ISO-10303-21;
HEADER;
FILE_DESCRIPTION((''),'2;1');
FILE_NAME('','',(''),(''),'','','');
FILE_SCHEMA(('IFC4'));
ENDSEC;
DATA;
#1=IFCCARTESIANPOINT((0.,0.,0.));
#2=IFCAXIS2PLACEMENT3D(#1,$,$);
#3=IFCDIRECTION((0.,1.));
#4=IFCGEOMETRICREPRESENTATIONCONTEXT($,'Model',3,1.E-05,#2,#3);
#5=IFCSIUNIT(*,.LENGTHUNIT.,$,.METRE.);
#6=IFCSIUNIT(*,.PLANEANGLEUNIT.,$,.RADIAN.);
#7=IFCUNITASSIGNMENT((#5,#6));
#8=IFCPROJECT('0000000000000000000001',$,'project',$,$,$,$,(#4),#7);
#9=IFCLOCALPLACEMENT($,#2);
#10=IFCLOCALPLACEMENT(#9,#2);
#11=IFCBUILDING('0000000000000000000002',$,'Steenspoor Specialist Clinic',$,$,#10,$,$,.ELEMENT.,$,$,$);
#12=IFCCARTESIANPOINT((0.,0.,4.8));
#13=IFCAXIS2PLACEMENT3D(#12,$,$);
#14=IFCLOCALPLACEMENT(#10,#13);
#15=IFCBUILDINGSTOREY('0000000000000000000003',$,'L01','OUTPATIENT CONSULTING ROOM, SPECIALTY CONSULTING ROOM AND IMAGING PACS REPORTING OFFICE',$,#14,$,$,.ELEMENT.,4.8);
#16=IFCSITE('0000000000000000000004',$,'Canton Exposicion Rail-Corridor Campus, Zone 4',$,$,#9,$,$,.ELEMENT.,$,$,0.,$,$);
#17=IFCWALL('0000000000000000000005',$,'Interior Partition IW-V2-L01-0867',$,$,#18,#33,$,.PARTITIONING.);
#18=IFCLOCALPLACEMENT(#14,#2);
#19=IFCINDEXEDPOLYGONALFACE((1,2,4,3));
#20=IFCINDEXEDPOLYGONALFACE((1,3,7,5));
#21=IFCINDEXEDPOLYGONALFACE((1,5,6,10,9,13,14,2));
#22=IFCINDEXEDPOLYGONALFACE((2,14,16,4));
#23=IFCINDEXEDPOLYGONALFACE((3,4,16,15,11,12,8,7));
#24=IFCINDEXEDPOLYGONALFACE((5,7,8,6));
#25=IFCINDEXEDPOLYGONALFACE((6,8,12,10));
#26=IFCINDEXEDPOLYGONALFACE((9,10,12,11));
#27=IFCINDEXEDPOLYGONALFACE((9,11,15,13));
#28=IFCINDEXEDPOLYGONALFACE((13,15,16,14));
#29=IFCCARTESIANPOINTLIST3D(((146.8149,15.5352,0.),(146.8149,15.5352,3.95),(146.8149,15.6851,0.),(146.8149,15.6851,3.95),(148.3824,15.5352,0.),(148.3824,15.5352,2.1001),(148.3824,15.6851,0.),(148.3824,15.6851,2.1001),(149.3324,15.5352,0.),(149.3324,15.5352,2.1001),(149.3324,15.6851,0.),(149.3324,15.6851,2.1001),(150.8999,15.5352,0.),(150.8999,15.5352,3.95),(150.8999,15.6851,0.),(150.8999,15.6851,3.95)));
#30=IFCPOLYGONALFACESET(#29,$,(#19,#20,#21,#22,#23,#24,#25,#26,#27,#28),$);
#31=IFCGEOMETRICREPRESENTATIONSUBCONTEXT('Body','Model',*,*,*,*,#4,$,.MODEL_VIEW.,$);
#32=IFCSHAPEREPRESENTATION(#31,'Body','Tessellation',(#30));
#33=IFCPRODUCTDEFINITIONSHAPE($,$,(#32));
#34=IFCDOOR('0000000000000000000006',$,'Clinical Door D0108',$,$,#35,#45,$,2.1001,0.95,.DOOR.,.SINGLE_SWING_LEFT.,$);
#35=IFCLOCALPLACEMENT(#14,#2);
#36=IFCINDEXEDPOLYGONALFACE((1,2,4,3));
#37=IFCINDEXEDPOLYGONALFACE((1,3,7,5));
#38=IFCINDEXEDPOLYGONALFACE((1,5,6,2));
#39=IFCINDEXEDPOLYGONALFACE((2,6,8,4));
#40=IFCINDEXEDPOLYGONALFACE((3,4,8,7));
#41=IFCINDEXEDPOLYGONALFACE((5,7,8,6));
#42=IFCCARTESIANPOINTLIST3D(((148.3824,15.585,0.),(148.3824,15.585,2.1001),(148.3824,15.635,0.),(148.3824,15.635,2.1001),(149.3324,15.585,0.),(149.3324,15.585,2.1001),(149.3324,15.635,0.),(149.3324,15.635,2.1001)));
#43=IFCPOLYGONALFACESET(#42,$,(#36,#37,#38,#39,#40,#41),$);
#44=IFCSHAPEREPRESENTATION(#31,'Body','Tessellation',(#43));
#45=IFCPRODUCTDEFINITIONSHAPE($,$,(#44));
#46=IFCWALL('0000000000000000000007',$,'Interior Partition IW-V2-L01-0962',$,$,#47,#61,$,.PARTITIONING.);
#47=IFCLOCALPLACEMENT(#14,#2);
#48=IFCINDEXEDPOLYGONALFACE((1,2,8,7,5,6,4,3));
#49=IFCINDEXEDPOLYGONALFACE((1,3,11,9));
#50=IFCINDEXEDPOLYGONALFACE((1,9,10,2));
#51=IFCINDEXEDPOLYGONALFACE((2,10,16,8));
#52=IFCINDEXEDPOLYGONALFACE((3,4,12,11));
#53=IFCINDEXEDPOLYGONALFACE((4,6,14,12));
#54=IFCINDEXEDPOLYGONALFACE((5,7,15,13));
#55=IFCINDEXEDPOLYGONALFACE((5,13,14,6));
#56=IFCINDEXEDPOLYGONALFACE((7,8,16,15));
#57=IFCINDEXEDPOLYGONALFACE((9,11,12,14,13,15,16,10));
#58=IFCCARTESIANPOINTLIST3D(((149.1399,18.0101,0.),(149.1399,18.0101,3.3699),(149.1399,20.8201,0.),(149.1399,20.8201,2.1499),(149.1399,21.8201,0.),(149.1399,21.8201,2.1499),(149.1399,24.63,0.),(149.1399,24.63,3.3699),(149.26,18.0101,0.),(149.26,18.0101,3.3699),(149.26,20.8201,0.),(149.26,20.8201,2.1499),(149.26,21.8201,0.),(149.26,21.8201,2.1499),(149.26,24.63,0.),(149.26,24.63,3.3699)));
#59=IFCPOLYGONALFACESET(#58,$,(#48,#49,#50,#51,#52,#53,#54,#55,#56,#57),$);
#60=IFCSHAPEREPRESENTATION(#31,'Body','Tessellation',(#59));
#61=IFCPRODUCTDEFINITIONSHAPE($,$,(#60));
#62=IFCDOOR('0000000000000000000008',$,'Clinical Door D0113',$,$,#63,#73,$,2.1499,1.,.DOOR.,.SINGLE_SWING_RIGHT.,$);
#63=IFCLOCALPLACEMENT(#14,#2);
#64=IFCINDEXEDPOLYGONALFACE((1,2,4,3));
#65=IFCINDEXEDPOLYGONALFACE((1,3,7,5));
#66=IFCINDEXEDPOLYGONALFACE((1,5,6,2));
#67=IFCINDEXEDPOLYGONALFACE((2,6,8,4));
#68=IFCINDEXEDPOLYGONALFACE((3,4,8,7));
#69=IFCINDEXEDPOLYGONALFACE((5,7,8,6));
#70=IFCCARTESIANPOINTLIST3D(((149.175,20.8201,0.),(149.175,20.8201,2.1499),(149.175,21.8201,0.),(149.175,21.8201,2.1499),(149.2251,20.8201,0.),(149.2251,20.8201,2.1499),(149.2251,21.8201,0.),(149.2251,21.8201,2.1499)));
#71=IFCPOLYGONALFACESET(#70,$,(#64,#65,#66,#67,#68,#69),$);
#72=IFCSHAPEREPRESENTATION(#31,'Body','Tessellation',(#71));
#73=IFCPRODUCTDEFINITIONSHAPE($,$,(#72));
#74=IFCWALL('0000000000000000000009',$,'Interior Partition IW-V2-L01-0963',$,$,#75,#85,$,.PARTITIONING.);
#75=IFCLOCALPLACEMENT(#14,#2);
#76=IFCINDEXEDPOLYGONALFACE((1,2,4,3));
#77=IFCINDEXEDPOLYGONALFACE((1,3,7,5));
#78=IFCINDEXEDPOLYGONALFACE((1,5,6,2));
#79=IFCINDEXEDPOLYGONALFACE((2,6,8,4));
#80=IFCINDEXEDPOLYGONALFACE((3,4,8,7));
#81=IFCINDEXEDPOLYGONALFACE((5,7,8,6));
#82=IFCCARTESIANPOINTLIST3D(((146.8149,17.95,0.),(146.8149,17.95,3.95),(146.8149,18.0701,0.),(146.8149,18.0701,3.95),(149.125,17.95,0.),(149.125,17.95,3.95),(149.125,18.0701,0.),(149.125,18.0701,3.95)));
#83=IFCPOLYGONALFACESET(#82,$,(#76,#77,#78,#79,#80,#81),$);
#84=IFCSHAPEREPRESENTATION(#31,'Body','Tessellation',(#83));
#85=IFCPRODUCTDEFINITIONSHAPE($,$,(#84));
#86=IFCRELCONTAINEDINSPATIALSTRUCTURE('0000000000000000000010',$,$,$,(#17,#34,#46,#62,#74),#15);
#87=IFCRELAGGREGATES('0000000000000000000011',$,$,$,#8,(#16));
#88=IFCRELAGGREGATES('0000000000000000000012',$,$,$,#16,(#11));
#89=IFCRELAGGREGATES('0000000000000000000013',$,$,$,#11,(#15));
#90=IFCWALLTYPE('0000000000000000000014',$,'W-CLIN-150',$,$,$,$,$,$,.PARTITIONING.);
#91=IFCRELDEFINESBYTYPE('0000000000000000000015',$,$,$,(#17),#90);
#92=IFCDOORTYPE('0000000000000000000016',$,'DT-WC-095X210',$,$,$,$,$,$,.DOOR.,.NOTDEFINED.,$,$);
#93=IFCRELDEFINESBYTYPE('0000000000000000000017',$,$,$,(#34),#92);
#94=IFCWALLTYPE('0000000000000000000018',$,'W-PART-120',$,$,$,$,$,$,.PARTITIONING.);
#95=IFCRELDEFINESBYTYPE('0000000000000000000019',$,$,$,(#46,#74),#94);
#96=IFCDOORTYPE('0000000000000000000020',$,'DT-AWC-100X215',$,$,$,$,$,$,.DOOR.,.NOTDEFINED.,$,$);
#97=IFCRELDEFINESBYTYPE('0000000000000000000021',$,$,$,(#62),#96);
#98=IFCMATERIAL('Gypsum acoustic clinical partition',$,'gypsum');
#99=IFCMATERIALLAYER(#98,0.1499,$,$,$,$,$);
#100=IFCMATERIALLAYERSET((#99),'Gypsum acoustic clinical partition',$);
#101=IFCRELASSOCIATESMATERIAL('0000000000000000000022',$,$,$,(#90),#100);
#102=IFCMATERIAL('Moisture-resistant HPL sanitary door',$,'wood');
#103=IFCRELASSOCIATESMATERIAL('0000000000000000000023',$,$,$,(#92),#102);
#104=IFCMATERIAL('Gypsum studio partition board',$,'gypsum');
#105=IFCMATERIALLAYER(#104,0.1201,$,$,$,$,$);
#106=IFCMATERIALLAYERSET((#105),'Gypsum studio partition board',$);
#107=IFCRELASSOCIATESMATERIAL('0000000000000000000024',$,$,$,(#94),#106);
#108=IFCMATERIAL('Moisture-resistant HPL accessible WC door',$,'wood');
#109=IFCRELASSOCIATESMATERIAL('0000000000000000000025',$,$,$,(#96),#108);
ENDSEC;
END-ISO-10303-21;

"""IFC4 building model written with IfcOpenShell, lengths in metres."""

from ifc_helpers import new_model, si_unit, direction, frame, frame_2d, origin, place, context, subcontext, project, spatial, rectangle, extrude, material, layer, layer_set, type_object, element, fill, save


model = new_model("IFC4")

# Units and contexts
model_context = context("Model", 3, precision=1e-05, world=origin(), true_north=direction((0.0, 1.0)))
body_context = subcontext(model_context, "Body", "Model", "MODEL_VIEW")
ifc_project = project(units=[si_unit("LENGTHUNIT", "METRE"), si_unit("PLANEANGLEUNIT", "RADIAN")], contexts=[model_context])

# Site, building, storey
site_placement = place(None, origin())
site = spatial("IfcSite", under=ifc_project, at=site_placement, Name="Canton Exposicion Rail-Corridor Campus, Zone 4", CompositionType="ELEMENT", RefElevation=0.0)
building_placement = place(site_placement, origin())
building = spatial("IfcBuilding", under=site, at=building_placement, Name="Steenspoor Specialist Clinic", CompositionType="ELEMENT")
storey_placement = place(building_placement, frame((0.0, 0.0, 4.8)))
storey = spatial("IfcBuildingStorey", under=building, at=storey_placement, Name="L01", Description="OUTPATIENT CONSULTING ROOM, SPECIALTY CONSULTING ROOM AND IMAGING PACS REPORTING OFFICE", CompositionType="ELEMENT", Elevation=4.8)

# Walls, openings, doors
ifc_material_1 = material(Name="Gypsum acoustic clinical partition", Category="gypsum")
ifc_layer_1 = layer(ifc_material_1, 0.1499)
ifc_layer_set_1 = layer_set([ifc_layer_1], Name="Gypsum acoustic clinical partition")
wall_type_1 = type_object("IfcWallType", Name="W-CLIN-150", PredefinedType="PARTITIONING", material=ifc_layer_set_1)
wall_1_placement = place(storey_placement, frame((146.8149, 15.6101, 0.0), z_axis=(0.0, 0.0, 1.0), x_axis=(1.0, 0.0, 0.0)))
wall_1 = element("IfcWall", 1, at=wall_1_placement, inside=storey, type_object=wall_type_1, Name="Interior Partition IW-V2-L01-0867", PredefinedType="PARTITIONING", context=body_context, shape_type="SweptSolid", body=[
    extrude(rectangle(XDim=4.085, YDim=0.1499, at=frame_2d((2.0425, 0.0))), origin(), (0.0, 0.0, 1.0), 3.95),
])
opening_1_placement = place(wall_1_placement, frame((1.5674, 0.0, 0.0)))
opening_1 = element("IfcOpeningElement", 2, at=opening_1_placement, cuts=wall_1, PredefinedType="OPENING", context=body_context, shape_type="SweptSolid", body=[
    extrude(rectangle(XDim=0.95, YDim=2.1001, at=frame_2d((0.4751, 1.05))), frame((0.0, 0.085, 0.0), z_axis=(0.0, -1.0, 0.0), x_axis=(1.0, 0.0, 0.0)), (0.0, 0.0, 1.0), 0.1699),
])
ifc_material_2 = material(Name="Moisture-resistant HPL sanitary door", Category="wood")
door_type_1 = type_object("IfcDoorType", Name="DT-WC-095X210", OperationType="NOTDEFINED", PredefinedType="DOOR", material=ifc_material_2)
door_1_placement = place(opening_1_placement, origin())
door_1 = element("IfcDoor", 3, at=door_1_placement, inside=storey, type_object=door_type_1, Name="Clinical Door D0108", OperationType="SINGLE_SWING_LEFT", OverallHeight=2.1001, OverallWidth=0.95, PredefinedType="DOOR", context=body_context, shape_type="SweptSolid", body=[
    extrude(rectangle(XDim=0.95, YDim=2.1001, at=frame_2d((0.4751, 1.05))), frame((0.0, 0.0249, 0.0), z_axis=(0.0, -1.0, 0.0), x_axis=(1.0, 0.0, 0.0)), (0.0, 0.0, 1.0), 0.05),
])
fill(opening_1, door_1)
ifc_material_3 = material(Name="Gypsum studio partition board", Category="gypsum")
ifc_layer_2 = layer(ifc_material_3, 0.1201)
ifc_layer_set_2 = layer_set([ifc_layer_2], Name="Gypsum studio partition board")
wall_type_2 = type_object("IfcWallType", Name="W-PART-120", PredefinedType="PARTITIONING", material=ifc_layer_set_2)
wall_2_placement = place(storey_placement, frame((149.2, 18.01, 0.0), z_axis=(0.0, 0.0, 1.0), x_axis=(0.0, 1.0, 0.0)))
wall_2 = element("IfcWall", 4, at=wall_2_placement, inside=storey, type_object=wall_type_2, Name="Interior Partition IW-V2-L01-0962", PredefinedType="PARTITIONING", context=body_context, shape_type="SweptSolid", body=[
    extrude(rectangle(XDim=6.6199, YDim=0.1201, at=frame_2d((3.3101, 0.0))), origin(), (0.0, 0.0, 1.0), 3.3699),
])
opening_2_placement = place(wall_2_placement, frame((2.8101, 0.0, 0.0)))
opening_2 = element("IfcOpeningElement", 5, at=opening_2_placement, cuts=wall_2, PredefinedType="OPENING", context=body_context, shape_type="SweptSolid", body=[
    extrude(rectangle(XDim=1.0, YDim=2.1499, at=frame_2d((0.5, 1.075))), frame((0.0, 0.0701, 0.0), z_axis=(0.0, -1.0, 0.0), x_axis=(1.0, 0.0, 0.0)), (0.0, 0.0, 1.0), 0.1401),
])
ifc_material_4 = material(Name="Moisture-resistant HPL accessible WC door", Category="wood")
door_type_2 = type_object("IfcDoorType", Name="DT-AWC-100X215", OperationType="NOTDEFINED", PredefinedType="DOOR", material=ifc_material_4)
door_2_placement = place(opening_2_placement, origin())
door_2 = element("IfcDoor", 6, at=door_2_placement, inside=storey, type_object=door_type_2, Name="Clinical Door D0113", OperationType="SINGLE_SWING_RIGHT", OverallHeight=2.1499, OverallWidth=1.0, PredefinedType="DOOR", context=body_context, shape_type="SweptSolid", body=[
    extrude(rectangle(XDim=1.0, YDim=2.1499, at=frame_2d((0.5, 1.075))), frame((0.0, 0.0249, 0.0), z_axis=(0.0, -1.0, 0.0), x_axis=(1.0, 0.0, 0.0)), (0.0, 0.0, 1.0), 0.05),
])
fill(opening_2, door_2)

# Wall
wall_3_placement = place(storey_placement, frame((146.8149, 18.01, 0.0), z_axis=(0.0, 0.0, 1.0), x_axis=(1.0, 0.0, 0.0)))
element("IfcWall", 7, at=wall_3_placement, inside=storey, type_object=wall_type_2, Name="Interior Partition IW-V2-L01-0963", PredefinedType="PARTITIONING", context=body_context, shape_type="SweptSolid", body=[
    extrude(rectangle(XDim=2.3101, YDim=0.1201, at=frame_2d((1.155, 0.0))), origin(), (0.0, 0.0, 1.0), 3.95),
])

save(model, "model.ifc")
